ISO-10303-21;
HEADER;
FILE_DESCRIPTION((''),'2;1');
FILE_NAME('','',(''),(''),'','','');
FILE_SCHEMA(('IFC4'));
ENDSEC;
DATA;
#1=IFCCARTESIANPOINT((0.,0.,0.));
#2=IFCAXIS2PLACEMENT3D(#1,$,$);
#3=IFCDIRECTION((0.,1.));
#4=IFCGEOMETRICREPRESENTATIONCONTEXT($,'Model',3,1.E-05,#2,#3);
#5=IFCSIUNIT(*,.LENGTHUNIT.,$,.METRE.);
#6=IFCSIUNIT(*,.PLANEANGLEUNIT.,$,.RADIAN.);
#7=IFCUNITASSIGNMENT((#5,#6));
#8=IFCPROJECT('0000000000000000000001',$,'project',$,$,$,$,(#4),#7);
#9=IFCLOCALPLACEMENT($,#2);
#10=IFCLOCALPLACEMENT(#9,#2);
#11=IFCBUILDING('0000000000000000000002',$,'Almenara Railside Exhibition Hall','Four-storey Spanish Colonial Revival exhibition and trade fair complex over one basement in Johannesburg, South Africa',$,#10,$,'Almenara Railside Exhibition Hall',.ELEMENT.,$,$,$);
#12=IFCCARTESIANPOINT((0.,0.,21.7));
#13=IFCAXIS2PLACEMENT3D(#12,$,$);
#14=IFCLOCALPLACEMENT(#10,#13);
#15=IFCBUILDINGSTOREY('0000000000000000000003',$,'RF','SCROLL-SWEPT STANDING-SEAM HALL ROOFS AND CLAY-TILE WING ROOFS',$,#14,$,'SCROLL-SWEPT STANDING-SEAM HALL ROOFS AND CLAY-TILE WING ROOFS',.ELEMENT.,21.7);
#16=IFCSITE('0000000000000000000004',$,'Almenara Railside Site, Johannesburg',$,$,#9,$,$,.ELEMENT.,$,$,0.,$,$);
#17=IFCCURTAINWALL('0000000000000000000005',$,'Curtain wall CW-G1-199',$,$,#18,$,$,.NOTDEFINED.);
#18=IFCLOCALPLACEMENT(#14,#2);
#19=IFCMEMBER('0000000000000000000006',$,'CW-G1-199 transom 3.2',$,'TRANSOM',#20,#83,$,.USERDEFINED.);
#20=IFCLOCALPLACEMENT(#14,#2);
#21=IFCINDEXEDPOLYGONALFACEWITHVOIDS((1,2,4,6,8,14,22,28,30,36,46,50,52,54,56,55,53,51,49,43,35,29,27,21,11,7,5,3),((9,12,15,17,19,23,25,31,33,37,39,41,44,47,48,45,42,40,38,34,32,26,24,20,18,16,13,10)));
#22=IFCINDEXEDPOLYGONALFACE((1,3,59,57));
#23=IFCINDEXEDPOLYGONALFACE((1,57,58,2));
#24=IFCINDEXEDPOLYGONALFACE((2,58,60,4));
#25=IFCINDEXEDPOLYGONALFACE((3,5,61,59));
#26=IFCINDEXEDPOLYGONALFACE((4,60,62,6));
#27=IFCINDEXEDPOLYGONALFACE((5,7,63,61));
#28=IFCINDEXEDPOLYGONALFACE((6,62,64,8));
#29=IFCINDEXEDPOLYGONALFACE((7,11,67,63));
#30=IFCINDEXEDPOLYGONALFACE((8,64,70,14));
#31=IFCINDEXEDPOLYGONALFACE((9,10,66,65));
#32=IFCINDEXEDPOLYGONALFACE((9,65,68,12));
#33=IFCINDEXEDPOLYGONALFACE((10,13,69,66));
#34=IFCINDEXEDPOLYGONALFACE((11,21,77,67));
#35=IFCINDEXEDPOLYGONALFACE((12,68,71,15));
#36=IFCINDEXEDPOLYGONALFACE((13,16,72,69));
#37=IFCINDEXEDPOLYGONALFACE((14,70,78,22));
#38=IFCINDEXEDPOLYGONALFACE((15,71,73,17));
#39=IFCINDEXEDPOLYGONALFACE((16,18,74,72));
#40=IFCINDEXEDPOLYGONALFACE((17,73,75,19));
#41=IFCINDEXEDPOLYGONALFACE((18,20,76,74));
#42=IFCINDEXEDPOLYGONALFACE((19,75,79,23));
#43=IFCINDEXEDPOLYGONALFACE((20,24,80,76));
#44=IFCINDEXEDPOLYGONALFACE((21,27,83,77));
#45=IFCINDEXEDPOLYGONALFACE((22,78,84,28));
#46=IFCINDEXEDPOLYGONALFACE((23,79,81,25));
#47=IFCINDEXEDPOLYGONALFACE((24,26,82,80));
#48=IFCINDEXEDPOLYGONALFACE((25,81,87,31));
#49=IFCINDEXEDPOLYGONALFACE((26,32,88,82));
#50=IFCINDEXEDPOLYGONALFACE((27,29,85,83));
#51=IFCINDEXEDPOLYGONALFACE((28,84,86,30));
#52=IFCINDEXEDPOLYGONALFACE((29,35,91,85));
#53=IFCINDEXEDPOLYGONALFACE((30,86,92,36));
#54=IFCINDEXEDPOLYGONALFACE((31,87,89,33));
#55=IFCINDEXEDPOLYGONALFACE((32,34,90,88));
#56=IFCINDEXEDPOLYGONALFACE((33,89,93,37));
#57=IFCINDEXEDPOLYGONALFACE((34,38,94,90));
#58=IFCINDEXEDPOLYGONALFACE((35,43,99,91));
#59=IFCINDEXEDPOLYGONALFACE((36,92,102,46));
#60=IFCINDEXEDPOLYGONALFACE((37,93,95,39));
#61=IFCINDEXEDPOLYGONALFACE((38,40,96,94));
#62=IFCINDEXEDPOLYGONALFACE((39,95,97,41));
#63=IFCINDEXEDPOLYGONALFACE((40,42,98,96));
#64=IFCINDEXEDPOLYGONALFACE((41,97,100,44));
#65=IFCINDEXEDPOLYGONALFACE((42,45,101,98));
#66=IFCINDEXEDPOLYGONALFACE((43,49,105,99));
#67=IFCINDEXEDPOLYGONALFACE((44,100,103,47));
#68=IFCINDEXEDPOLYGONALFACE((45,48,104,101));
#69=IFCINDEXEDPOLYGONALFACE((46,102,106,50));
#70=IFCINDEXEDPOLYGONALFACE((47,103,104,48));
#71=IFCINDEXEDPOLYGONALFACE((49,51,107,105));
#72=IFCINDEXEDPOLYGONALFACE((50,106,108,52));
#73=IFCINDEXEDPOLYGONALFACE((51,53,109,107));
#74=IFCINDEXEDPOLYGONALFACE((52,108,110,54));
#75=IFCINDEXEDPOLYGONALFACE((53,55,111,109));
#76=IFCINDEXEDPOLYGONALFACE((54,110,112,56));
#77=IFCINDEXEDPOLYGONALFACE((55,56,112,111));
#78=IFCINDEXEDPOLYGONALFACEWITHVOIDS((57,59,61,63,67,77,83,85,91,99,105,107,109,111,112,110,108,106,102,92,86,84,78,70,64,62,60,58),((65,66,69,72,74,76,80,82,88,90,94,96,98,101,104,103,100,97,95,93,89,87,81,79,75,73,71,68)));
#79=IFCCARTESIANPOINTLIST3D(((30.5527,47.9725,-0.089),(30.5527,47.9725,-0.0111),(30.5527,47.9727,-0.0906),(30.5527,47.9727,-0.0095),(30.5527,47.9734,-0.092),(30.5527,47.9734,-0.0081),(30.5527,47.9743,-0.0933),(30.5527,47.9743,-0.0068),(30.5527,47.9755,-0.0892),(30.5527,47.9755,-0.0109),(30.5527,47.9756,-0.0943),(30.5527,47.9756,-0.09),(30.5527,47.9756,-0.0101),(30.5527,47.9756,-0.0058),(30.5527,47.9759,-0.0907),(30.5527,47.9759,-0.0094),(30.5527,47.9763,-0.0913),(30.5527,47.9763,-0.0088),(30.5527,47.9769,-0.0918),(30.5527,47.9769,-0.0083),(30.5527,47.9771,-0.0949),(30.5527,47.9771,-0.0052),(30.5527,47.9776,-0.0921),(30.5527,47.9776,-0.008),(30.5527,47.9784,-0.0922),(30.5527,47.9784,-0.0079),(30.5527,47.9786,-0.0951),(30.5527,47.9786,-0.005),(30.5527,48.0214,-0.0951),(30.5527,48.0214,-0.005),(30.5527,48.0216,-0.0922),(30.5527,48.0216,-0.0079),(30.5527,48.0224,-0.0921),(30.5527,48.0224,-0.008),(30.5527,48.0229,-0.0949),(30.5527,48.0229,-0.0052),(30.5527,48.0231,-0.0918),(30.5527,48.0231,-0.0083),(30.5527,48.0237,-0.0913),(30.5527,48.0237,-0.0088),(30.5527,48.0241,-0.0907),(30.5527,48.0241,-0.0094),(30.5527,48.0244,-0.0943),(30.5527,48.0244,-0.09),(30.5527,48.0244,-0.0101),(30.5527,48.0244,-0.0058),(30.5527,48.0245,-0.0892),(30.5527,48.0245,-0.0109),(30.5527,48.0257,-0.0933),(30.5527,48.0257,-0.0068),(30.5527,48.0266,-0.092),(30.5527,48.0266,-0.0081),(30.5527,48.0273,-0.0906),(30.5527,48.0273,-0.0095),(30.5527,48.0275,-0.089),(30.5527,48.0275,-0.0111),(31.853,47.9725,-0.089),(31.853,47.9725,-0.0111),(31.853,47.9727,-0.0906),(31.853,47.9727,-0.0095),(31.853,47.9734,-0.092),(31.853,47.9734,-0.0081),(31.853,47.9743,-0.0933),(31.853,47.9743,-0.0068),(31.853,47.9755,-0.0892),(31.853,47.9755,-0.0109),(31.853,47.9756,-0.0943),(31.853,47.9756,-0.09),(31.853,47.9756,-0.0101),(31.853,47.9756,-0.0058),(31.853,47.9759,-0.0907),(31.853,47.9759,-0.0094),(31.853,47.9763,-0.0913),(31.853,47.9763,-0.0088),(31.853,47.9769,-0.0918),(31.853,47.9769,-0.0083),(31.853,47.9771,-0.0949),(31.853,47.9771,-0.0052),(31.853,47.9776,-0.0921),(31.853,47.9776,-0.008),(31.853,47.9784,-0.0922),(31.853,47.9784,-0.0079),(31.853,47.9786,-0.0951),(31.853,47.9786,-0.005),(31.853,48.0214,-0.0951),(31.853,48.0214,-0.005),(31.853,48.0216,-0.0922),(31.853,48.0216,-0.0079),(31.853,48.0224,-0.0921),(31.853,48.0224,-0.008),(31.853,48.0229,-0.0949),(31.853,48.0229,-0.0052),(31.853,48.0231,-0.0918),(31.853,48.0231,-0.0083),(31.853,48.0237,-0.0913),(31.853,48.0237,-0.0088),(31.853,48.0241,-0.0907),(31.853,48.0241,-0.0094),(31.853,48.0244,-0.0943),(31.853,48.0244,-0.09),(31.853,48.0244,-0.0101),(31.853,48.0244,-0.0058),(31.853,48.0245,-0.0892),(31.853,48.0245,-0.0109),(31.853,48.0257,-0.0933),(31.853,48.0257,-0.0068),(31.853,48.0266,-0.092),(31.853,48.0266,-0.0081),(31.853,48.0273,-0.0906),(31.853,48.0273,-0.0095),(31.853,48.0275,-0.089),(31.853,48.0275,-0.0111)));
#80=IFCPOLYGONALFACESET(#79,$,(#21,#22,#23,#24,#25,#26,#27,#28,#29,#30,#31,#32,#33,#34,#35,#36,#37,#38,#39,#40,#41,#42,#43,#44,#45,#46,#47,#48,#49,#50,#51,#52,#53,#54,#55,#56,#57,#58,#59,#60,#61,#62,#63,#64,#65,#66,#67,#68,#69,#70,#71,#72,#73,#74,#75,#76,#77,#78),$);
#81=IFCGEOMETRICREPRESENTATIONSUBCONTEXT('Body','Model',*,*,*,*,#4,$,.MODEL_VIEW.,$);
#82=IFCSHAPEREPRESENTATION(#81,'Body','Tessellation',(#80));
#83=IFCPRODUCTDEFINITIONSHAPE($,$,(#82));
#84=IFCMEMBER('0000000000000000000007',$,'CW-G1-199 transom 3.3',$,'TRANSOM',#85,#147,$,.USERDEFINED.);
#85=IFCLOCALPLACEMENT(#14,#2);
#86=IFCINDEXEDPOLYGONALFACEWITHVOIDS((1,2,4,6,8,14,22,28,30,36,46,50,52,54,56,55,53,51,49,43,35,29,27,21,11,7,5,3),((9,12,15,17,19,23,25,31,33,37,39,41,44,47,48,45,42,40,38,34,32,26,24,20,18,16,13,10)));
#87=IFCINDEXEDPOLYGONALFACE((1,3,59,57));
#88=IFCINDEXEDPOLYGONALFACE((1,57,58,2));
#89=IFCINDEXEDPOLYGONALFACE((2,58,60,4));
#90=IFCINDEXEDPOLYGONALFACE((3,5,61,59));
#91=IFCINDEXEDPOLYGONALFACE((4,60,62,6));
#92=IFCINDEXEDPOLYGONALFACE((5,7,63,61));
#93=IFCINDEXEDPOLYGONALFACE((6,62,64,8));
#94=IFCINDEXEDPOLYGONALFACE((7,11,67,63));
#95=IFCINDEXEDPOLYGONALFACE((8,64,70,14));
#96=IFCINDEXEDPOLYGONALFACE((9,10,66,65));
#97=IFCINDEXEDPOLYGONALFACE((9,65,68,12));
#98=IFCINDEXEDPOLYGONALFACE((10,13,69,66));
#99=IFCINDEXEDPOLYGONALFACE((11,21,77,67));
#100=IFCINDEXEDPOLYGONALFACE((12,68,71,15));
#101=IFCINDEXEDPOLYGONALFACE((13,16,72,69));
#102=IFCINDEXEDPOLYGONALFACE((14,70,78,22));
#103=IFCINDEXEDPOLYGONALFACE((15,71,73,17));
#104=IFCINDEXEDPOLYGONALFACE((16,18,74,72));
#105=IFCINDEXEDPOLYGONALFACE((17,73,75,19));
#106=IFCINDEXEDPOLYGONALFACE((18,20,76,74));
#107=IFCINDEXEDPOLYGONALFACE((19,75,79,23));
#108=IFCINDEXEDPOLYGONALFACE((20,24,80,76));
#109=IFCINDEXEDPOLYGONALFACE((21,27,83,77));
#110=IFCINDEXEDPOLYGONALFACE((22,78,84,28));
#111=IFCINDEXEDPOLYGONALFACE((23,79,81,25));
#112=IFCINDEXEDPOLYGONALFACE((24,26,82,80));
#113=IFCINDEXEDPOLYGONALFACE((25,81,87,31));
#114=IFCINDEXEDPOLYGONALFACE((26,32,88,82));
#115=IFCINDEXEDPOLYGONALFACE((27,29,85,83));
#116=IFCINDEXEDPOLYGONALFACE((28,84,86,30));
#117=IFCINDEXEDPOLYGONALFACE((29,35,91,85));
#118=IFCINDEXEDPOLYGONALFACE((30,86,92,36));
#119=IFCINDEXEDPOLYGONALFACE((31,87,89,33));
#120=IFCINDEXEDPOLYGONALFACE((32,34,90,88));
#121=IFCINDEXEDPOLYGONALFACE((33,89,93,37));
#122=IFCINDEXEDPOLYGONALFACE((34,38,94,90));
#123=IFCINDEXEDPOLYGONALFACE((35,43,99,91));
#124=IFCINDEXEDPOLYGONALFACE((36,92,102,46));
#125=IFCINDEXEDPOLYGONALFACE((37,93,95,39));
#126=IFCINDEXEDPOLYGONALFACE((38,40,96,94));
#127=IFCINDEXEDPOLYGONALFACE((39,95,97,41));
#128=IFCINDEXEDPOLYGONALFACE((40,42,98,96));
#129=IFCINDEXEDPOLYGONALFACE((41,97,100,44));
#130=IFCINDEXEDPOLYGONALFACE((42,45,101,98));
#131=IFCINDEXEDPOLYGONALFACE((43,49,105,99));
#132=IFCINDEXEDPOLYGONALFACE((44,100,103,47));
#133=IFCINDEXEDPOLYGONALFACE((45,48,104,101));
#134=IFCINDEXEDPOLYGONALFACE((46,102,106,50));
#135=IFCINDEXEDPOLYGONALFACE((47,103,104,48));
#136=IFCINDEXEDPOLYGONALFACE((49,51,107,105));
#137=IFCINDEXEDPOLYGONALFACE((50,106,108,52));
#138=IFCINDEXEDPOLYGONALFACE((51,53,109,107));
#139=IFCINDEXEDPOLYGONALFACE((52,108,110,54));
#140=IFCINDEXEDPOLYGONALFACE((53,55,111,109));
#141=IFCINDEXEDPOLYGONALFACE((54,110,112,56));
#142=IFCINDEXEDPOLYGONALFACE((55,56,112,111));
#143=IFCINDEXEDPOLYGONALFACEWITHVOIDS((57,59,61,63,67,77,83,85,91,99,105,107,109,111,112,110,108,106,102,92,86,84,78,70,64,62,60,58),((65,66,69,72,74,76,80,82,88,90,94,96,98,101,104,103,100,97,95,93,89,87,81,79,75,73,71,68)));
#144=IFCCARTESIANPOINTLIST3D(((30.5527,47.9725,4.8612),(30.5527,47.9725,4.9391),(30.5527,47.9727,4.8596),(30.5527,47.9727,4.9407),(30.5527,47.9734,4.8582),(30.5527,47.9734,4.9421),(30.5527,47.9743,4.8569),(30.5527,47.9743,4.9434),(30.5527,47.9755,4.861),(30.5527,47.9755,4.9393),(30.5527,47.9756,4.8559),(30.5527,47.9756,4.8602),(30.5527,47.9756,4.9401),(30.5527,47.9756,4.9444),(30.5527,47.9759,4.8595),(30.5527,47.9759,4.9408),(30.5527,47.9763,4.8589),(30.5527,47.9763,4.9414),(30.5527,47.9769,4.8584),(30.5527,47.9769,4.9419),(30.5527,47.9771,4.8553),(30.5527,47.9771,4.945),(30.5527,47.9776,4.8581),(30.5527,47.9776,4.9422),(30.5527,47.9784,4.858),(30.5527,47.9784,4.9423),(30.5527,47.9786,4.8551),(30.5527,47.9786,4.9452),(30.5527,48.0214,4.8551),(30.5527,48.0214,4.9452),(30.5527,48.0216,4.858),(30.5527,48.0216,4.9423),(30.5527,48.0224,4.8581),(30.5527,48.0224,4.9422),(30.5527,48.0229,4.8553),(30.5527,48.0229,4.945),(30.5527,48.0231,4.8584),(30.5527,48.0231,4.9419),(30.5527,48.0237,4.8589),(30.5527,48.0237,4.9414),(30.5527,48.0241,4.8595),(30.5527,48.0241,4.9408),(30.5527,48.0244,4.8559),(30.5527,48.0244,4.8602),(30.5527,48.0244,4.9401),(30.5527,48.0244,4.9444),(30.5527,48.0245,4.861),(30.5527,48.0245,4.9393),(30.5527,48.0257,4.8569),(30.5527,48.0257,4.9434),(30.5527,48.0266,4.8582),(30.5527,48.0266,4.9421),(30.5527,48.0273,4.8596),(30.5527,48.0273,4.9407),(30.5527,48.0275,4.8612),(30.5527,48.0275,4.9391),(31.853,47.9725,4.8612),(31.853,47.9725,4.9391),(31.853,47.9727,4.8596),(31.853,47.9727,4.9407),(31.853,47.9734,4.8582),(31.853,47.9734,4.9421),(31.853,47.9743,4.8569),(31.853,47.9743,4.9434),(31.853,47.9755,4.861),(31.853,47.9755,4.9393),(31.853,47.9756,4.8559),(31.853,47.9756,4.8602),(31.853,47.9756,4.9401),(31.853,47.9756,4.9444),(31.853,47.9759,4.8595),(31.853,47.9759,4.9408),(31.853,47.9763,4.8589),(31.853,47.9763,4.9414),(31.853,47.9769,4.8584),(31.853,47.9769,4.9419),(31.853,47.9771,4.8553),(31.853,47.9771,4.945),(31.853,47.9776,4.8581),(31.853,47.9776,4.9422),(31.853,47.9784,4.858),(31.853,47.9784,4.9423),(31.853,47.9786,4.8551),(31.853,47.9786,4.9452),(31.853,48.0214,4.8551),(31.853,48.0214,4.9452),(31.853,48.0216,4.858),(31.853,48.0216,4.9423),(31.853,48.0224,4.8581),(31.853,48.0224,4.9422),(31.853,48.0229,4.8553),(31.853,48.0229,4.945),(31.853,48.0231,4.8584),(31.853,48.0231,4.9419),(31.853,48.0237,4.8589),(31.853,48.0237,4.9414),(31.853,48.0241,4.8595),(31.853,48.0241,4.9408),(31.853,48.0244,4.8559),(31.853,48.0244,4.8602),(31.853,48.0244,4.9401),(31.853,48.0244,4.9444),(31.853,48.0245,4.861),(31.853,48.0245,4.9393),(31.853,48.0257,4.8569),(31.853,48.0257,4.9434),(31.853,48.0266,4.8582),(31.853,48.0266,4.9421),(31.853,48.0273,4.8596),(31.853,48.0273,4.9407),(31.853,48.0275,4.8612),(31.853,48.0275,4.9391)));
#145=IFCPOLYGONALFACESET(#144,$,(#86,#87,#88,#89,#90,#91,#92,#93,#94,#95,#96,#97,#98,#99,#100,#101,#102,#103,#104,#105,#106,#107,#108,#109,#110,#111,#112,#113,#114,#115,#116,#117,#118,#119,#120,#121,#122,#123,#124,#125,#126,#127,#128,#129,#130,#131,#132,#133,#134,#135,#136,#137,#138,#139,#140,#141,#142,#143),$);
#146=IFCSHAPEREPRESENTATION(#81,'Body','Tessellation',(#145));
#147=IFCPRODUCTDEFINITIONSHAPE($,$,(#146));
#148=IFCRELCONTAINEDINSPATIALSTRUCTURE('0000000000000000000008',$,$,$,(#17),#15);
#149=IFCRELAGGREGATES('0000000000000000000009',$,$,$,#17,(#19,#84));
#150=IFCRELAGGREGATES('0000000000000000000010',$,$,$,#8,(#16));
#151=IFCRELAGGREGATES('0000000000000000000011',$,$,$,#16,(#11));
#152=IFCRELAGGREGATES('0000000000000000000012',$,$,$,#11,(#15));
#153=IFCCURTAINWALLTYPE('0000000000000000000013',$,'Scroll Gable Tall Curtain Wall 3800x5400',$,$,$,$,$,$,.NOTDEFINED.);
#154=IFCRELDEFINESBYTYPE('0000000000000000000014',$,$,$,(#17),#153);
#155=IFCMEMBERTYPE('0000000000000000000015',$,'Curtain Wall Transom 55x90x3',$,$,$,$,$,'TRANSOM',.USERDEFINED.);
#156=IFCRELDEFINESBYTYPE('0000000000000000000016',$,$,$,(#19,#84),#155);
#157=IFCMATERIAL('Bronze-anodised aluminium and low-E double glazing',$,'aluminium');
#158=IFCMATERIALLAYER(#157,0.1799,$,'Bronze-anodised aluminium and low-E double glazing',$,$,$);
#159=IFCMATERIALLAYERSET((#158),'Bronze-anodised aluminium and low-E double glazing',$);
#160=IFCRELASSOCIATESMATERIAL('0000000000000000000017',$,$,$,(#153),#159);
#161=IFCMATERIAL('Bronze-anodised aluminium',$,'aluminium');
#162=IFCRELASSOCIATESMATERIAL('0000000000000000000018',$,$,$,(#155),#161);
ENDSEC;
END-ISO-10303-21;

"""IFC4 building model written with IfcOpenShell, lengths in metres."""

from ifc_helpers import new_model, si_unit, direction, frame, origin, origin_2d, place, context, subcontext, project, spatial, hollow_rectangle, extrude, material, layer, layer_set, material_profile, profile_set, type_object, element, aggregate, save


model = new_model("IFC4")

# Units and contexts
model_context = context("Model", 3, precision=1e-05, world=origin(), true_north=direction((0.0, 1.0)))
body_context = subcontext(model_context, "Body", "Model", "MODEL_VIEW")
ifc_project = project(units=[si_unit("LENGTHUNIT", "METRE"), si_unit("PLANEANGLEUNIT", "RADIAN")], contexts=[model_context])

# Site, building, storey
site_placement = place(None, origin())
site = spatial("IfcSite", under=ifc_project, at=site_placement, Name="Almenara Railside Site, Johannesburg", CompositionType="ELEMENT", RefElevation=0.0)
building_placement = place(site_placement, origin())
building = spatial("IfcBuilding", under=site, at=building_placement, Name="Almenara Railside Exhibition Hall", Description="Four-storey Spanish Colonial Revival exhibition and trade fair complex over one basement in Johannesburg, South Africa", LongName="Almenara Railside Exhibition Hall", CompositionType="ELEMENT")
storey_placement = place(building_placement, frame((0.0, 0.0, 21.7)))
storey = spatial("IfcBuildingStorey", under=building, at=storey_placement, Name="RF", Description="SCROLL-SWEPT STANDING-SEAM HALL ROOFS AND CLAY-TILE WING ROOFS", LongName="SCROLL-SWEPT STANDING-SEAM HALL ROOFS AND CLAY-TILE WING ROOFS", CompositionType="ELEMENT", Elevation=21.7)

# Curtain wall, members
ifc_material_1 = material(Name="Bronze-anodised aluminium and low-E double glazing", Category="aluminium")
ifc_layer_1 = layer(ifc_material_1, 0.1799, Name="Bronze-anodised aluminium and low-E double glazing")
ifc_layer_set_1 = layer_set([ifc_layer_1], Name="Bronze-anodised aluminium and low-E double glazing")
curtain_wall_type = type_object("IfcCurtainWallType", Name="Scroll Gable Tall Curtain Wall 3800x5400", PredefinedType="NOTDEFINED", material=ifc_layer_set_1)
curtain_wall_1_placement = place(storey_placement, origin())
curtain_wall_1 = element("IfcCurtainWall", 1, at=curtain_wall_1_placement, inside=storey, type_object=curtain_wall_type, Name="Curtain wall CW-G1-199", PredefinedType="NOTDEFINED")
ifc_material_2 = material(Name="Bronze-anodised aluminium", Category="aluminium")
ifc_material_profile_1 = material_profile(ifc_material_2, hollow_rectangle(XDim=0.0549, YDim=0.0901, WallThickness=0.0029, InnerFilletRadius=0.0029, OuterFilletRadius=0.0061, at=origin_2d()), Name="ALU-TRN 55x90x3")
ifc_profile_set_1 = profile_set([ifc_material_profile_1], Name="Bronze-anodised aluminium")
member_type_1 = type_object("IfcMemberType", Name="Curtain Wall Transom 55x90x3", ElementType="TRANSOM", PredefinedType="USERDEFINED", material=ifc_profile_set_1)
member_1_placement = place(storey_placement, frame((30.5527, 48.0, -0.05), z_axis=(1.0, 0.0, 0.0), x_axis=(0.0, 1.0, 0.0)))
member_1 = element("IfcMember", 2, at=member_1_placement, type_object=member_type_1, Name="CW-G1-199 transom 3.2", ObjectType="TRANSOM", PredefinedType="USERDEFINED", context=body_context, shape_type="SweptSolid", body=[
    extrude(hollow_rectangle(XDim=0.0549, YDim=0.0901, WallThickness=0.0029, InnerFilletRadius=0.0029, OuterFilletRadius=0.0061, at=origin_2d()), origin(), (0.0, 0.0, 1.0), 1.3003),
])
member_2_placement = place(storey_placement, frame((30.5527, 48.0, 4.9001), z_axis=(1.0, 0.0, 0.0), x_axis=(0.0, 1.0, 0.0)))
member_2 = element("IfcMember", 3, at=member_2_placement, type_object=member_type_1, Name="CW-G1-199 transom 3.3", ObjectType="TRANSOM", PredefinedType="USERDEFINED", context=body_context, shape_type="SweptSolid", body=[
    extrude(hollow_rectangle(XDim=0.0549, YDim=0.0901, WallThickness=0.0029, InnerFilletRadius=0.0029, OuterFilletRadius=0.0061, at=origin_2d()), origin(), (0.0, 0.0, 1.0), 1.3003),
])

aggregate(curtain_wall_1, [member_1, member_2])

save(model, "model.ifc")
